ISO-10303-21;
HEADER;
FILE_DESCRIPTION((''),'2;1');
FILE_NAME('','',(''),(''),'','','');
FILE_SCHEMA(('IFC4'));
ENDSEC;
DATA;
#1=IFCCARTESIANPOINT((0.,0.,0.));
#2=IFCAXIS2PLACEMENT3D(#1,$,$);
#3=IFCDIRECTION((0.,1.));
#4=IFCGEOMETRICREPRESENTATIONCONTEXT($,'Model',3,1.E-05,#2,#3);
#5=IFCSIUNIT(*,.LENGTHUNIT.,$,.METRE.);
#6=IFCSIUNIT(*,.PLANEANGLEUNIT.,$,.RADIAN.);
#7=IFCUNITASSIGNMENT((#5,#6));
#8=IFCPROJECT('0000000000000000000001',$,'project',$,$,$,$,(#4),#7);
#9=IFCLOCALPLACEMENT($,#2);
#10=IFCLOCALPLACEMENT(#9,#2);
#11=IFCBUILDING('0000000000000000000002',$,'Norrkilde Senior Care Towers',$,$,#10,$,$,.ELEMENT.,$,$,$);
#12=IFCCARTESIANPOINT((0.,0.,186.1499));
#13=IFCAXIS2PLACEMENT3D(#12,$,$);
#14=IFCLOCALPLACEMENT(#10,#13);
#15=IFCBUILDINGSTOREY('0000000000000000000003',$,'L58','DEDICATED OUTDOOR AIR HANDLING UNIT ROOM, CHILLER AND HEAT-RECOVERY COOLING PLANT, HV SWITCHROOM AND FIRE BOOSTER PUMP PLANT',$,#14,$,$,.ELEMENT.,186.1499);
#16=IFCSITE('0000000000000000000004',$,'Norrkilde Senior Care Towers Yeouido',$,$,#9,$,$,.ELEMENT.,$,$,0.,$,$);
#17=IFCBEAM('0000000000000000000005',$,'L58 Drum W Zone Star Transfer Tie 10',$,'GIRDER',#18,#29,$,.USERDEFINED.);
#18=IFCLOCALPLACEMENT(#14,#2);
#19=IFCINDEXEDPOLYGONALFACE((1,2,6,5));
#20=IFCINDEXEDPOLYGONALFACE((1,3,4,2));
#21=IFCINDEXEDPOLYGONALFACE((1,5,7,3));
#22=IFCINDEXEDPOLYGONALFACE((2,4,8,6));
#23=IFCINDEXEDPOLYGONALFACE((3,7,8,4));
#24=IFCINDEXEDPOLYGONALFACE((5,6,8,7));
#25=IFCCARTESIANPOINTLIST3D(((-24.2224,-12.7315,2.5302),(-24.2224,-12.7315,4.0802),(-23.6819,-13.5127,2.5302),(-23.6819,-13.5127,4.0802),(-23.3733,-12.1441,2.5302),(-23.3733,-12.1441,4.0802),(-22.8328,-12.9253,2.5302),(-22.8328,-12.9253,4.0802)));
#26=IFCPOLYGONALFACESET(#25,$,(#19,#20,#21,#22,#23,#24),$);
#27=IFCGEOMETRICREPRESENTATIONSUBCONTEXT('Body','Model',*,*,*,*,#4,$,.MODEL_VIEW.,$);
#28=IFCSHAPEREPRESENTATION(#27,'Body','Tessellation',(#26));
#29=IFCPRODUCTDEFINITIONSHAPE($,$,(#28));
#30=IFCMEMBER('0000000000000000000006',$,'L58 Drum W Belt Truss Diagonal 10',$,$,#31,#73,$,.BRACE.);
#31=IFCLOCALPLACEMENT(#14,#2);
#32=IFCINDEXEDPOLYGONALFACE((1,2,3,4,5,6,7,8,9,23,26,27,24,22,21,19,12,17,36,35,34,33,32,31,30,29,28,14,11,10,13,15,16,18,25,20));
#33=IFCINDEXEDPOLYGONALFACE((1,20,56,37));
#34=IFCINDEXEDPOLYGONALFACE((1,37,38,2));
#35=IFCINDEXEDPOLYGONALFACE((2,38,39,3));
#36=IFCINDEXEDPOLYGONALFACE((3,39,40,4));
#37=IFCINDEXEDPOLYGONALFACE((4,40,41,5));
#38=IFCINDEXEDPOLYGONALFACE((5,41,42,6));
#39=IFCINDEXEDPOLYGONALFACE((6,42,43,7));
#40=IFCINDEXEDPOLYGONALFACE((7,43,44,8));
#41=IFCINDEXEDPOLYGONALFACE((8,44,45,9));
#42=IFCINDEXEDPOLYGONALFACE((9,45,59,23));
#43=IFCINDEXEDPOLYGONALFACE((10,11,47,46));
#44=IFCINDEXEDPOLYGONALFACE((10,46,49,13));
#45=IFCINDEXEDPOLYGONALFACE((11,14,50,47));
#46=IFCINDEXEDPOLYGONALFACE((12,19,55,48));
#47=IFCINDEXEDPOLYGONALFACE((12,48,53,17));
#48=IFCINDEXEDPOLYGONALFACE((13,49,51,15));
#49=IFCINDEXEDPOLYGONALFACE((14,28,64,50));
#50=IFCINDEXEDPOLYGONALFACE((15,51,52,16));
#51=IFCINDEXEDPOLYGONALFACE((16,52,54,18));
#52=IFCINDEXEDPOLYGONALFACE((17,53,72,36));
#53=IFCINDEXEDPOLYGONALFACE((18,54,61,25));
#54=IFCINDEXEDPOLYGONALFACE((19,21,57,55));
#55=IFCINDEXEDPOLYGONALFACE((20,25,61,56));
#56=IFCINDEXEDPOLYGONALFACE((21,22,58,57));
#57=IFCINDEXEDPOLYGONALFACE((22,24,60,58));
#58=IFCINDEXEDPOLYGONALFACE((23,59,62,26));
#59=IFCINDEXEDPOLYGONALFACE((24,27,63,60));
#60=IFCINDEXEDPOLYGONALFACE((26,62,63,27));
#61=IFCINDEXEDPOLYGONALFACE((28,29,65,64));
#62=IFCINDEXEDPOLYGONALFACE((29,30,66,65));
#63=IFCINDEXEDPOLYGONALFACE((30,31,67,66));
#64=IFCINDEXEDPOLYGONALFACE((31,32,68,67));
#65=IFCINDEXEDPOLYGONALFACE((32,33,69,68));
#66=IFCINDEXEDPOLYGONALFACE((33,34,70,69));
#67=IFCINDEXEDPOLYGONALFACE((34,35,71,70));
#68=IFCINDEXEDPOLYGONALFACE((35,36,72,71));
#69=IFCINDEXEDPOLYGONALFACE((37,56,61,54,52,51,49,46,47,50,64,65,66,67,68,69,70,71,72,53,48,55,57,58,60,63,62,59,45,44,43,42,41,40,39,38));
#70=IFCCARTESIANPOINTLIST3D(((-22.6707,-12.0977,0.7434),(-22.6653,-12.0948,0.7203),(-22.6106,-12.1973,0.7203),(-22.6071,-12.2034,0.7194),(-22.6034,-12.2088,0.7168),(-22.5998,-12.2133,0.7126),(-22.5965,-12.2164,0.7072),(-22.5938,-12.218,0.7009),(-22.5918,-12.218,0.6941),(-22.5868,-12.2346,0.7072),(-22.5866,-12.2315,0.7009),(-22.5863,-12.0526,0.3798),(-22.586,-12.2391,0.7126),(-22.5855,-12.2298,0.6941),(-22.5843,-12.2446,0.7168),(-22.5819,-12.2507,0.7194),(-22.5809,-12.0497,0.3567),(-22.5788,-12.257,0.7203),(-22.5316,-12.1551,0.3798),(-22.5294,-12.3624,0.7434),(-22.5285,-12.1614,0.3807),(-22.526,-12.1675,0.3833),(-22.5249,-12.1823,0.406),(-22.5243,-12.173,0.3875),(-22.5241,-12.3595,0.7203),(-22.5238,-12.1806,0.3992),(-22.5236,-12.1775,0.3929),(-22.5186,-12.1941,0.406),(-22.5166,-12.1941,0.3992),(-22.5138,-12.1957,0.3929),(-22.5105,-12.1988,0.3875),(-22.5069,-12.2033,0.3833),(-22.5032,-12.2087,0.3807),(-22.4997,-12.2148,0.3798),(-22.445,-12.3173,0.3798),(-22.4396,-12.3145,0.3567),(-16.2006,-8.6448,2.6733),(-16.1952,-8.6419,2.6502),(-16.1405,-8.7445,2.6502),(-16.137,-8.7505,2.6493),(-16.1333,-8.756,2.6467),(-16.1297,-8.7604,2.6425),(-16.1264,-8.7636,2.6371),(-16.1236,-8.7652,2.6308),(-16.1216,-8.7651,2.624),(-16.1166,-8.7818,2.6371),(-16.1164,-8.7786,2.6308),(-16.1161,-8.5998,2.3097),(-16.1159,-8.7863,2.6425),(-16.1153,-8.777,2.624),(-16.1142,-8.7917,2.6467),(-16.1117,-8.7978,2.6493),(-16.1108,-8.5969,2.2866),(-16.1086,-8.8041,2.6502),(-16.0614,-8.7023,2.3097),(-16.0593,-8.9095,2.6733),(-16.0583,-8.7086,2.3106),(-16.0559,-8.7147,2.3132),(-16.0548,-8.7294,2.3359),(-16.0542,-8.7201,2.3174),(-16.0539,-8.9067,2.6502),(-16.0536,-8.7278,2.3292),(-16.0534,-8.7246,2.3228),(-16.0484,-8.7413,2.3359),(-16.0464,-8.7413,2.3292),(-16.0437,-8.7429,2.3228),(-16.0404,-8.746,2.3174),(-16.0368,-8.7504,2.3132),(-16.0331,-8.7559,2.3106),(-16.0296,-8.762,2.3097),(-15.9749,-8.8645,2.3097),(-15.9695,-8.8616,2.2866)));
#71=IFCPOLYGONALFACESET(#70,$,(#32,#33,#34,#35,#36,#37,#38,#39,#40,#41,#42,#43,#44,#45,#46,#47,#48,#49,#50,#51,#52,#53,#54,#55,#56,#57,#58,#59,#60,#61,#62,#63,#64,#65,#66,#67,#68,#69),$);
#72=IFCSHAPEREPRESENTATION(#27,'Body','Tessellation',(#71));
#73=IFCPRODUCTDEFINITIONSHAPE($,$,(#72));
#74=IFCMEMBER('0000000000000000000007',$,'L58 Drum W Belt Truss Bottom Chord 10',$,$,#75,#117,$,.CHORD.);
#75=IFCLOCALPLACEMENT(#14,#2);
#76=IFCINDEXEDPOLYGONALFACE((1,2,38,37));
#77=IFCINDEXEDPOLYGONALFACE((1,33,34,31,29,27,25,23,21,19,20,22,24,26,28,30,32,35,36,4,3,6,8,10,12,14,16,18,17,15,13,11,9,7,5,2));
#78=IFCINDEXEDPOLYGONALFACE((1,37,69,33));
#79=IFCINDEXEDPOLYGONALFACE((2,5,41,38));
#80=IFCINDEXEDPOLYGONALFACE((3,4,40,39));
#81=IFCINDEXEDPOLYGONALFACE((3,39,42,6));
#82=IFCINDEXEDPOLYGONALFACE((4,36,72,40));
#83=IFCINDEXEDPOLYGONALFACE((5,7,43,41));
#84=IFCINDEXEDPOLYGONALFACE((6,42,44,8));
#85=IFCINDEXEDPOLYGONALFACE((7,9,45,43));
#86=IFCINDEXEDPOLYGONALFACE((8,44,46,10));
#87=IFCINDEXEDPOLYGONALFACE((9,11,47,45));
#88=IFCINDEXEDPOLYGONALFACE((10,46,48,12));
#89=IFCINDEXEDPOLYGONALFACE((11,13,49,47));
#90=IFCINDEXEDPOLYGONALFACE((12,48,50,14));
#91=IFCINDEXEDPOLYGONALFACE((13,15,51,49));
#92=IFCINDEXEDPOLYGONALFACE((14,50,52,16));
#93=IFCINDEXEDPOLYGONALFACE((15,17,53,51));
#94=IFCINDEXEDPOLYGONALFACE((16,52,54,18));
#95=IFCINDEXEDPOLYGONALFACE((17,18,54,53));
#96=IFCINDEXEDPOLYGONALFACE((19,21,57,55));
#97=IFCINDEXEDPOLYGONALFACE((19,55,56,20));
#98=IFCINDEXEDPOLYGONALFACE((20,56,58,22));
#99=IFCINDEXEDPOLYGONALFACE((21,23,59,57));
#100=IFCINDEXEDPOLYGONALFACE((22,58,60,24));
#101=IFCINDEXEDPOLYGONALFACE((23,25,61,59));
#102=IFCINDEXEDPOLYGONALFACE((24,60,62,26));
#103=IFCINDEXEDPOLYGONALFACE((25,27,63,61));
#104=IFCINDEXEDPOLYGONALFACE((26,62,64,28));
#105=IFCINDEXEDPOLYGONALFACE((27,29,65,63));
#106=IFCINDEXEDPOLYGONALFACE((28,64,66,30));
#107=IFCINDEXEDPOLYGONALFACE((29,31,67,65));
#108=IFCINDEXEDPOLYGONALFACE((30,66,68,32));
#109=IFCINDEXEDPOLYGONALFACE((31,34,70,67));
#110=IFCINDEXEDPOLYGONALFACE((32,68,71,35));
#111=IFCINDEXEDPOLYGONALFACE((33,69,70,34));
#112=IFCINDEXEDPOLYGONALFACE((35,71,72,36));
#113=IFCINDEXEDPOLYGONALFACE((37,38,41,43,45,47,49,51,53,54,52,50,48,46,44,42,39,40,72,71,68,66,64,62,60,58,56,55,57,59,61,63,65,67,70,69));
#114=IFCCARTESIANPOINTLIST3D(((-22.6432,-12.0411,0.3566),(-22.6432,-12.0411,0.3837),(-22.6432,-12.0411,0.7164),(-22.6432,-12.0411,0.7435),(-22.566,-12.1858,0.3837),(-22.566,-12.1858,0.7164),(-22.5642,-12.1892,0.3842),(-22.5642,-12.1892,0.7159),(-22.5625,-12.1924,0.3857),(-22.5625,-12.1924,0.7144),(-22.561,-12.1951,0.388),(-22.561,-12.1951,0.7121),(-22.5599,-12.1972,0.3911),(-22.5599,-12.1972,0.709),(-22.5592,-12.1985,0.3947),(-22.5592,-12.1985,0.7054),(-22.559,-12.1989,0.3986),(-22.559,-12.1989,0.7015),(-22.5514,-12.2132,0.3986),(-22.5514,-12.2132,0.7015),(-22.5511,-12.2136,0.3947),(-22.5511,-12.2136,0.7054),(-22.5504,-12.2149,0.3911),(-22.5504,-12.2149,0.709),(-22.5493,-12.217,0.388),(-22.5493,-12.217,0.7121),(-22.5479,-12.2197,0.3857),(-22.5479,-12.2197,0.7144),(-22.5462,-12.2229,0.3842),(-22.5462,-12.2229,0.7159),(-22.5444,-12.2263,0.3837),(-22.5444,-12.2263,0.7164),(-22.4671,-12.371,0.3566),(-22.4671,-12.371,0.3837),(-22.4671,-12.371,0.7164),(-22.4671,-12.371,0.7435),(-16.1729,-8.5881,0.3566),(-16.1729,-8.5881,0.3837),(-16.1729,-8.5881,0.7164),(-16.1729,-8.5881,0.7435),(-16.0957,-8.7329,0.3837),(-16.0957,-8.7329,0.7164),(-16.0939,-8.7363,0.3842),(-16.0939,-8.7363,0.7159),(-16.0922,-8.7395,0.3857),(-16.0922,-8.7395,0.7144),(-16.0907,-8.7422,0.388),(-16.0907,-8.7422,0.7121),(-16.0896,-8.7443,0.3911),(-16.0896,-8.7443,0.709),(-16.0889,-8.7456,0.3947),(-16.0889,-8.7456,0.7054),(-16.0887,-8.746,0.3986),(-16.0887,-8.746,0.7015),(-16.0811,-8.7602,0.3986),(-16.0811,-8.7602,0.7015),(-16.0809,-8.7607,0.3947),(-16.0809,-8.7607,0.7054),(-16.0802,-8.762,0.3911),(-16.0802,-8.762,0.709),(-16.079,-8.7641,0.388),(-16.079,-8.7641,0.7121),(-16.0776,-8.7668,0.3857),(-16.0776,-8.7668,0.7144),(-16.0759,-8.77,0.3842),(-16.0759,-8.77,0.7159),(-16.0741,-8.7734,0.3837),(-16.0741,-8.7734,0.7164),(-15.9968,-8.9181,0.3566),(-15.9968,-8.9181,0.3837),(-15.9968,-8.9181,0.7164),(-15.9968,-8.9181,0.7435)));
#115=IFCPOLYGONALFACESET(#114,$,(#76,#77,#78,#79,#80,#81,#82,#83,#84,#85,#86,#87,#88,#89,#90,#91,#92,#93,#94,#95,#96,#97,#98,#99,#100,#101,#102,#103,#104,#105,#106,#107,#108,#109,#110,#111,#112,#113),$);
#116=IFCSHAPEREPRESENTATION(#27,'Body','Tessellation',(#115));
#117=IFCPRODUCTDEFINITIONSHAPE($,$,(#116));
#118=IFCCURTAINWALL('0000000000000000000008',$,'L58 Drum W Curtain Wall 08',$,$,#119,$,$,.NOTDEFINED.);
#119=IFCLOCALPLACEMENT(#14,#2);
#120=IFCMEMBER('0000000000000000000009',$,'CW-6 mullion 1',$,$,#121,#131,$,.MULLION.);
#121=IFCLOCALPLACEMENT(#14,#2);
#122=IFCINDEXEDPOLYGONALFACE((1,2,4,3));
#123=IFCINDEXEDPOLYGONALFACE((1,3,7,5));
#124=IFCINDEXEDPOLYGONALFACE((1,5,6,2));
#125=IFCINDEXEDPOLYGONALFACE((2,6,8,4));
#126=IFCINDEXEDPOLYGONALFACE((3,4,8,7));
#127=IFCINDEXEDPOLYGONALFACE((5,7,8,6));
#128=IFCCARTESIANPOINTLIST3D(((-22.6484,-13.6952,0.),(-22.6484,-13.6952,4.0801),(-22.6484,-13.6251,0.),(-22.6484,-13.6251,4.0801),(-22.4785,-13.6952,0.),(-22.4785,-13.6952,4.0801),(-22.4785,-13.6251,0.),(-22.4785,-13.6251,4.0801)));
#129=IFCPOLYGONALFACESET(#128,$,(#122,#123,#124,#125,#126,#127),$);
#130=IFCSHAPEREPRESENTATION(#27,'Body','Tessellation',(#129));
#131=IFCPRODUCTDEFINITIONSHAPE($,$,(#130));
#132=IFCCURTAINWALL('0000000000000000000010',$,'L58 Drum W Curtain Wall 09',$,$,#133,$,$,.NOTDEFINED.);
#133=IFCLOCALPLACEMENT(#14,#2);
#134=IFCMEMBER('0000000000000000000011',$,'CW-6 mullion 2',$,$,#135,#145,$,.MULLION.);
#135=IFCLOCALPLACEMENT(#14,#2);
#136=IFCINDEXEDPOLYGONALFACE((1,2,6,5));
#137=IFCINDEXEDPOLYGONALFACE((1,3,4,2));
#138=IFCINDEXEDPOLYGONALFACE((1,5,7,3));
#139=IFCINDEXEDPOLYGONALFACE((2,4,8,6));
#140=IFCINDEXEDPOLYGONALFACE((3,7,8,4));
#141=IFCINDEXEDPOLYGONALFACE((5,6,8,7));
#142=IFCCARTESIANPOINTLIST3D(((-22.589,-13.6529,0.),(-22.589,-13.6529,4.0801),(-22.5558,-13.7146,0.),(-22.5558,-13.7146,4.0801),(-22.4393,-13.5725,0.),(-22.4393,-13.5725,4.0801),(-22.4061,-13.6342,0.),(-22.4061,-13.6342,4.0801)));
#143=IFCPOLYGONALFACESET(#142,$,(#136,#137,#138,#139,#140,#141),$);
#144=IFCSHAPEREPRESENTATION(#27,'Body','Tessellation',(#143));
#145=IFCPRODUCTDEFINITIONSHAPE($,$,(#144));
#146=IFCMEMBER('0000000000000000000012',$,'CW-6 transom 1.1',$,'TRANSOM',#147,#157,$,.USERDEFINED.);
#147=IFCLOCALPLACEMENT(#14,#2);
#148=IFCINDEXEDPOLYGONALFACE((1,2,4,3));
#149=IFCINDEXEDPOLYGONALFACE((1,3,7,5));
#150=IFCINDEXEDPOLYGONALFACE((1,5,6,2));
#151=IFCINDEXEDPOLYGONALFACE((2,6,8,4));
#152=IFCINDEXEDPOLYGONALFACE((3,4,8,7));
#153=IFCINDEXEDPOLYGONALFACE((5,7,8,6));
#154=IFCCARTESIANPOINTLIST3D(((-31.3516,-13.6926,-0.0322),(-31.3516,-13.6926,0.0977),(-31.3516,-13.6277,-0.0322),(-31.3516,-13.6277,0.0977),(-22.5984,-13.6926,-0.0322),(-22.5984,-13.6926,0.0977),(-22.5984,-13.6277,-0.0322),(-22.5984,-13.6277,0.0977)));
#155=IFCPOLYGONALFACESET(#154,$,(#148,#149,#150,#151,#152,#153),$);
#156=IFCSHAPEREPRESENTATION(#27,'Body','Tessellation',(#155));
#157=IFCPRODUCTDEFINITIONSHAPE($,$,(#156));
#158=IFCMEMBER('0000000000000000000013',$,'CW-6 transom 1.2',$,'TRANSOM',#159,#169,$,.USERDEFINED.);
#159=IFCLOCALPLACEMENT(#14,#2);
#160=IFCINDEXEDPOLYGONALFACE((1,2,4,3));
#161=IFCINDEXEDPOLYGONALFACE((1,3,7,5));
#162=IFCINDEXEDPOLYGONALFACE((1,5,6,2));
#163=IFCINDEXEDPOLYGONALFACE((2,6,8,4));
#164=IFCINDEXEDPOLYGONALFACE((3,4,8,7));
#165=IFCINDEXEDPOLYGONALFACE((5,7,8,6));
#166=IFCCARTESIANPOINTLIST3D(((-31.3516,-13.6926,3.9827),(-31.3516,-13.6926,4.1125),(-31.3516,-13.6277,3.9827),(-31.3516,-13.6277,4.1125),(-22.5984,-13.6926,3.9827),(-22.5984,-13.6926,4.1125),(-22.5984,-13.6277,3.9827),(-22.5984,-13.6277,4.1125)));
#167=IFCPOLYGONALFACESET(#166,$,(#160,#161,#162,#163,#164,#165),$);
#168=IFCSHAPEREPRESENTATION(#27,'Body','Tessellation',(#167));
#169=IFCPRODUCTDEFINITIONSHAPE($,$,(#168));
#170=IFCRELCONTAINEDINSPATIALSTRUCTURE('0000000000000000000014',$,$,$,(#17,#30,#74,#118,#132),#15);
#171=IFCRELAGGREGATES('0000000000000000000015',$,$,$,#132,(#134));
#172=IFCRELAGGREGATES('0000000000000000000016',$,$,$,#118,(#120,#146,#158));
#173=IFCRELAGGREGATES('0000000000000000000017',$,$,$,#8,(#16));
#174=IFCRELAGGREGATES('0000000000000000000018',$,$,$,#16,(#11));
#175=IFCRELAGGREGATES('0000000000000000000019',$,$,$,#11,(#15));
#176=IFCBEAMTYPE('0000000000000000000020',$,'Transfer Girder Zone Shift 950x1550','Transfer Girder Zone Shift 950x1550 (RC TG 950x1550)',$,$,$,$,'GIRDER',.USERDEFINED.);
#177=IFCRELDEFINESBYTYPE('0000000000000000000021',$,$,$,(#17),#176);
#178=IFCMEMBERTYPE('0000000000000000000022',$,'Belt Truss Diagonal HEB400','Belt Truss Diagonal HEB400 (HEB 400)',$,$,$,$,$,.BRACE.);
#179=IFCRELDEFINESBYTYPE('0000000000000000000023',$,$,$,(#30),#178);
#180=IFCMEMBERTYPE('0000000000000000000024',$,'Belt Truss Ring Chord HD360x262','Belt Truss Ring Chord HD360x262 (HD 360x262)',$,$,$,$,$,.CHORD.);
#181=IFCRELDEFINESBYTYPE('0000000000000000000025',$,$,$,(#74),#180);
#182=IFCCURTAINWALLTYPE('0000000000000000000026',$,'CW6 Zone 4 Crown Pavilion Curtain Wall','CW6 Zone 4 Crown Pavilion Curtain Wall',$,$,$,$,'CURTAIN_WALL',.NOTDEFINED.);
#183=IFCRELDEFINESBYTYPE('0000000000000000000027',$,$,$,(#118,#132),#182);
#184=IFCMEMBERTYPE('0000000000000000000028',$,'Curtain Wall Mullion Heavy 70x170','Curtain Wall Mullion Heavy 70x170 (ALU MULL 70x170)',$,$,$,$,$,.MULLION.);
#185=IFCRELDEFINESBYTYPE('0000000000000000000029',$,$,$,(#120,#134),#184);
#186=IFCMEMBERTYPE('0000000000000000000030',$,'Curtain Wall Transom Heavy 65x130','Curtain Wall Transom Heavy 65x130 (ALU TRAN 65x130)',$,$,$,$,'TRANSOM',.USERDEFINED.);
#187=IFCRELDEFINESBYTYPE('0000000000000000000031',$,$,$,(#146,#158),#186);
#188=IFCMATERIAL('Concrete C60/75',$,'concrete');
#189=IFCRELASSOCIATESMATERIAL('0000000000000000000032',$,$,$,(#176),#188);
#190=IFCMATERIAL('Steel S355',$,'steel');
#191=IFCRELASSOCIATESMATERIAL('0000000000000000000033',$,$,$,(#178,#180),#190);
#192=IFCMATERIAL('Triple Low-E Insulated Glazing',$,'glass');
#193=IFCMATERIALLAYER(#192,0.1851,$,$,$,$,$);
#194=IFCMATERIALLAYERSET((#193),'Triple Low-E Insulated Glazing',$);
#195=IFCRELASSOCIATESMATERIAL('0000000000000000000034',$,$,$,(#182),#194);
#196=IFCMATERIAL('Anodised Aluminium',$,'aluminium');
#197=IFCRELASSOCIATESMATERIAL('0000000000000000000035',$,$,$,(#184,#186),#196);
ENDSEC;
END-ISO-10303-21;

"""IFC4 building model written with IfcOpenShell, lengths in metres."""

from ifc_helpers import new_model, si_unit, direction, frame, origin, origin_2d, place, context, subcontext, project, spatial, rectangle, i_section, extrude, source, transform, mapped, material, layer, layer_set, material_profile, profile_set, type_object, type_shapes, element, aggregate, save


model = new_model("IFC4")

# Units and contexts
model_context = context("Model", 3, precision=1e-05, world=origin(), true_north=direction((0.0, 1.0)))
body_context = subcontext(model_context, "Body", "Model", "MODEL_VIEW")
ifc_project = project(units=[si_unit("LENGTHUNIT", "METRE"), si_unit("PLANEANGLEUNIT", "RADIAN")], contexts=[model_context])

# Site, building, storey
site_placement = place(None, origin())
site = spatial("IfcSite", under=ifc_project, at=site_placement, Name="Norrkilde Senior Care Towers Yeouido", CompositionType="ELEMENT", RefElevation=0.0)
building_placement = place(site_placement, origin())
building = spatial("IfcBuilding", under=site, at=building_placement, Name="Norrkilde Senior Care Towers", CompositionType="ELEMENT")
storey_placement = place(building_placement, frame((0.0, 0.0, 186.1499)))
storey = spatial("IfcBuildingStorey", under=building, at=storey_placement, Name="L58", Description="DEDICATED OUTDOOR AIR HANDLING UNIT ROOM, CHILLER AND HEAT-RECOVERY COOLING PLANT, HV SWITCHROOM AND FIRE BOOSTER PUMP PLANT", CompositionType="ELEMENT", Elevation=186.1499)

# Shared definitions
ifc_material_1 = material(Name="Concrete C60/75", Category="concrete")

# Shared definitions
ifc_material_profile_1 = material_profile(ifc_material_1, rectangle(XDim=0.95, YDim=1.55, at=origin_2d()), Name="RC TG 950x1550")
ifc_profile_set_1 = profile_set([ifc_material_profile_1], Name="Concrete C60/75")
beam_type_1 = type_object("IfcBeamType", Name="Transfer Girder Zone Shift 950x1550", Description="Transfer Girder Zone Shift 950x1550 (RC TG 950x1550)", ElementType="GIRDER", PredefinedType="USERDEFINED", material=ifc_profile_set_1)

# Shared definitions
ifc_material_2 = material(Name="Steel S355", Category="steel")

# Beam
shared_shape_1 = source(origin(), body_context, "Body", "SweptSolid", [
    extrude(rectangle(XDim=0.95, YDim=1.55, at=origin_2d()), origin(), (0.0, 0.0, 1.0), 1.0325),
])
beam_1_placement = place(storey_placement, frame((-23.9521, -13.1221, 3.3052), z_axis=(0.822396, 0.568915, 0.0), x_axis=(-0.568915, 0.822396, 0.0)))
element("IfcBeam", 1, at=beam_1_placement, inside=storey, type_object=beam_type_1, Name="L58 Drum W Zone Star Transfer Tie 10", ObjectType="GIRDER", PredefinedType="USERDEFINED", context=body_context, shape_type="MappedRepresentation", body=[
    mapped(shared_shape_1, transform((0.0, 0.0, 0.0), x_axis=(1.0, 0.0, 0.0), y_axis=(0.0, 1.0, 0.0), z_axis=(0.0, 0.0, 1.0), scale=1.0)),
])

# Members
ifc_material_profile_2 = material_profile(ifc_material_2, i_section(OverallWidth=0.3, OverallDepth=0.3999, WebThickness=0.0134, FlangeThickness=0.0239, FilletRadius=0.0271, at=origin_2d()), Name="HEB 400")
ifc_profile_set_2 = profile_set([ifc_material_profile_2], Name="Steel S355")
member_type_1 = type_object("IfcMemberType", Name="Belt Truss Diagonal HEB400", Description="Belt Truss Diagonal HEB400 (HEB 400)", PredefinedType="BRACE", material=ifc_profile_set_2)
shared_shape_2 = source(origin(), body_context, "Body", "SweptSolid", [
    extrude(i_section(OverallWidth=0.3, OverallDepth=0.3999, WebThickness=0.0134, FlangeThickness=0.0239, FilletRadius=0.0271, at=origin_2d()), origin(), (0.0, 0.0, 1.0), 7.5835),
])
type_shapes(member_type_1, [shared_shape_2])
member_1_placement = place(storey_placement, frame((-22.5552, -12.2061, 0.55), z_axis=(0.853187, 0.45531, 0.254488), x_axis=(-0.470811, 0.882234, 0.0)))
element("IfcMember", 2, at=member_1_placement, inside=storey, type_object=member_type_1, Name="L58 Drum W Belt Truss Diagonal 10", PredefinedType="BRACE", context=body_context, shape_type="MappedRepresentation", body=[
    mapped(shared_shape_2, transform((0.0, 0.0, 0.0), x_axis=(1.0, 0.0, 0.0), y_axis=(0.0, 1.0, 0.0), z_axis=(0.0, 0.0, 1.0), scale=1.0)),
])
ifc_material_profile_3 = material_profile(ifc_material_2, i_section(OverallWidth=0.374, OverallDepth=0.387, WebThickness=0.0161, FlangeThickness=0.0271, FilletRadius=0.0149, at=origin_2d()), Name="HD 360x262")
ifc_profile_set_3 = profile_set([ifc_material_profile_3], Name="Steel S355")
member_type_2 = type_object("IfcMemberType", Name="Belt Truss Ring Chord HD360x262", Description="Belt Truss Ring Chord HD360x262 (HD 360x262)", PredefinedType="CHORD", material=ifc_profile_set_3)
shared_shape_3 = source(origin(), body_context, "Body", "SweptSolid", [
    extrude(i_section(OverallWidth=0.374, OverallDepth=0.387, WebThickness=0.0161, FlangeThickness=0.0271, FilletRadius=0.0149, at=origin_2d()), origin(), (0.0, 0.0, 1.0), 7.334),
])
type_shapes(member_type_2, [shared_shape_3])
member_2_placement = place(storey_placement, frame((-22.5552, -12.2061, 0.55), z_axis=(0.882234, 0.470811, 0.0), x_axis=(-0.470811, 0.882234, 0.0)))
element("IfcMember", 3, at=member_2_placement, inside=storey, type_object=member_type_2, Name="L58 Drum W Belt Truss Bottom Chord 10", PredefinedType="CHORD", context=body_context, shape_type="MappedRepresentation", body=[
    mapped(shared_shape_3, transform((0.0, 0.0, 0.0), x_axis=(1.0, 0.0, 0.0), y_axis=(0.0, 1.0, 0.0), z_axis=(0.0, 0.0, 1.0), scale=1.0)),
])

# Curtain walls, members
ifc_material_3 = material(Name="Triple Low-E Insulated Glazing", Category="glass")
ifc_layer_1 = layer(ifc_material_3, 0.1851)
ifc_layer_set_1 = layer_set([ifc_layer_1], Name="Triple Low-E Insulated Glazing")
curtain_wall_type = type_object("IfcCurtainWallType", Name="CW6 Zone 4 Crown Pavilion Curtain Wall", Description="CW6 Zone 4 Crown Pavilion Curtain Wall", ElementType="CURTAIN_WALL", PredefinedType="NOTDEFINED", material=ifc_layer_set_1)
curtain_wall_1_placement = place(storey_placement, origin())
curtain_wall_1 = element("IfcCurtainWall", 4, at=curtain_wall_1_placement, inside=storey, type_object=curtain_wall_type, Name="L58 Drum W Curtain Wall 08", PredefinedType="NOTDEFINED")
ifc_material_4 = material(Name="Anodised Aluminium", Category="aluminium")
ifc_material_profile_4 = material_profile(ifc_material_4, rectangle(XDim=0.0701, YDim=0.1699, at=origin_2d()), Name="ALU MULL 70x170")
ifc_profile_set_4 = profile_set([ifc_material_profile_4], Name="Anodised Aluminium")
member_type_3 = type_object("IfcMemberType", Name="Curtain Wall Mullion Heavy 70x170", Description="Curtain Wall Mullion Heavy 70x170 (ALU MULL 70x170)", PredefinedType="MULLION", material=ifc_profile_set_4)
shared_shape_4 = source(origin(), body_context, "Body", "SweptSolid", [
    extrude(rectangle(XDim=0.0701, YDim=0.1699, at=origin_2d()), origin(), (0.0, 0.0, 1.0), 4.0801),
])
type_shapes(member_type_3, [shared_shape_4])
member_3_placement = place(storey_placement, frame((-22.5635, -13.6602, 0.0), z_axis=(0.0, 0.0, 1.0), x_axis=(0.0, -1.0, 0.0)))
member_3 = element("IfcMember", 5, at=member_3_placement, type_object=member_type_3, Name="CW-6 mullion 1", PredefinedType="MULLION", context=body_context, shape_type="MappedRepresentation", body=[
    mapped(shared_shape_4, transform((0.0, 0.0, 0.0), x_axis=(1.0, 0.0, 0.0), y_axis=(0.0, 1.0, 0.0), z_axis=(0.0, 0.0, 1.0), scale=1.0)),
])
curtain_wall_2_placement = place(storey_placement, origin())
curtain_wall_2 = element("IfcCurtainWall", 6, at=curtain_wall_2_placement, inside=storey, type_object=curtain_wall_type, Name="L58 Drum W Curtain Wall 09", PredefinedType="NOTDEFINED")
member_4_placement = place(storey_placement, frame((-22.4976, -13.6436, 0.0), z_axis=(0.0, 0.0, 1.0), x_axis=(0.473117, -0.881, 0.0)))
member_4 = element("IfcMember", 7, at=member_4_placement, type_object=member_type_3, Name="CW-6 mullion 2", PredefinedType="MULLION", context=body_context, shape_type="MappedRepresentation", body=[
    mapped(shared_shape_4, transform((0.0, 0.0, 0.0), x_axis=(1.0, 0.0, 0.0), y_axis=(0.0, 1.0, 0.0), z_axis=(0.0, 0.0, 1.0), scale=1.0)),
])
aggregate(curtain_wall_2, [member_4])

# Members
ifc_material_profile_5 = material_profile(ifc_material_4, rectangle(XDim=0.0649, YDim=0.1299, at=origin_2d()), Name="ALU TRAN 65x130")
ifc_profile_set_5 = profile_set([ifc_material_profile_5], Name="Anodised Aluminium")
member_type_4 = type_object("IfcMemberType", Name="Curtain Wall Transom Heavy 65x130", Description="Curtain Wall Transom Heavy 65x130 (ALU TRAN 65x130)", ElementType="TRANSOM", PredefinedType="USERDEFINED", material=ifc_profile_set_5)
shared_shape_5 = source(origin(), body_context, "Body", "SweptSolid", [
    extrude(rectangle(XDim=0.0649, YDim=0.1299, at=origin_2d()), origin(), (0.0, 0.0, 1.0), 8.7532),
])
type_shapes(member_type_4, [shared_shape_5])
member_5_placement = place(storey_placement, frame((-22.5984, -13.6602, 0.0327), z_axis=(-1.0, 0.0, 0.0), x_axis=(0.0, -1.0, 0.0)))
member_5 = element("IfcMember", 8, at=member_5_placement, type_object=member_type_4, Name="CW-6 transom 1.1", ObjectType="TRANSOM", PredefinedType="USERDEFINED", context=body_context, shape_type="MappedRepresentation", body=[
    mapped(shared_shape_5, transform((0.0, 0.0, 0.0), x_axis=(1.0, 0.0, 0.0), y_axis=(0.0, 1.0, 0.0), z_axis=(0.0, 0.0, 1.0), scale=1.0)),
])
member_6_placement = place(storey_placement, frame((-22.5984, -13.6602, 4.0476), z_axis=(-1.0, 0.0, 0.0), x_axis=(0.0, -1.0, 0.0)))
member_6 = element("IfcMember", 9, at=member_6_placement, type_object=member_type_4, Name="CW-6 transom 1.2", ObjectType="TRANSOM", PredefinedType="USERDEFINED", context=body_context, shape_type="MappedRepresentation", body=[
    mapped(shared_shape_5, transform((0.0, 0.0, 0.0), x_axis=(1.0, 0.0, 0.0), y_axis=(0.0, 1.0, 0.0), z_axis=(0.0, 0.0, 1.0), scale=1.0)),
])

aggregate(curtain_wall_1, [member_3, member_5, member_6])

save(model, "model.ifc")
